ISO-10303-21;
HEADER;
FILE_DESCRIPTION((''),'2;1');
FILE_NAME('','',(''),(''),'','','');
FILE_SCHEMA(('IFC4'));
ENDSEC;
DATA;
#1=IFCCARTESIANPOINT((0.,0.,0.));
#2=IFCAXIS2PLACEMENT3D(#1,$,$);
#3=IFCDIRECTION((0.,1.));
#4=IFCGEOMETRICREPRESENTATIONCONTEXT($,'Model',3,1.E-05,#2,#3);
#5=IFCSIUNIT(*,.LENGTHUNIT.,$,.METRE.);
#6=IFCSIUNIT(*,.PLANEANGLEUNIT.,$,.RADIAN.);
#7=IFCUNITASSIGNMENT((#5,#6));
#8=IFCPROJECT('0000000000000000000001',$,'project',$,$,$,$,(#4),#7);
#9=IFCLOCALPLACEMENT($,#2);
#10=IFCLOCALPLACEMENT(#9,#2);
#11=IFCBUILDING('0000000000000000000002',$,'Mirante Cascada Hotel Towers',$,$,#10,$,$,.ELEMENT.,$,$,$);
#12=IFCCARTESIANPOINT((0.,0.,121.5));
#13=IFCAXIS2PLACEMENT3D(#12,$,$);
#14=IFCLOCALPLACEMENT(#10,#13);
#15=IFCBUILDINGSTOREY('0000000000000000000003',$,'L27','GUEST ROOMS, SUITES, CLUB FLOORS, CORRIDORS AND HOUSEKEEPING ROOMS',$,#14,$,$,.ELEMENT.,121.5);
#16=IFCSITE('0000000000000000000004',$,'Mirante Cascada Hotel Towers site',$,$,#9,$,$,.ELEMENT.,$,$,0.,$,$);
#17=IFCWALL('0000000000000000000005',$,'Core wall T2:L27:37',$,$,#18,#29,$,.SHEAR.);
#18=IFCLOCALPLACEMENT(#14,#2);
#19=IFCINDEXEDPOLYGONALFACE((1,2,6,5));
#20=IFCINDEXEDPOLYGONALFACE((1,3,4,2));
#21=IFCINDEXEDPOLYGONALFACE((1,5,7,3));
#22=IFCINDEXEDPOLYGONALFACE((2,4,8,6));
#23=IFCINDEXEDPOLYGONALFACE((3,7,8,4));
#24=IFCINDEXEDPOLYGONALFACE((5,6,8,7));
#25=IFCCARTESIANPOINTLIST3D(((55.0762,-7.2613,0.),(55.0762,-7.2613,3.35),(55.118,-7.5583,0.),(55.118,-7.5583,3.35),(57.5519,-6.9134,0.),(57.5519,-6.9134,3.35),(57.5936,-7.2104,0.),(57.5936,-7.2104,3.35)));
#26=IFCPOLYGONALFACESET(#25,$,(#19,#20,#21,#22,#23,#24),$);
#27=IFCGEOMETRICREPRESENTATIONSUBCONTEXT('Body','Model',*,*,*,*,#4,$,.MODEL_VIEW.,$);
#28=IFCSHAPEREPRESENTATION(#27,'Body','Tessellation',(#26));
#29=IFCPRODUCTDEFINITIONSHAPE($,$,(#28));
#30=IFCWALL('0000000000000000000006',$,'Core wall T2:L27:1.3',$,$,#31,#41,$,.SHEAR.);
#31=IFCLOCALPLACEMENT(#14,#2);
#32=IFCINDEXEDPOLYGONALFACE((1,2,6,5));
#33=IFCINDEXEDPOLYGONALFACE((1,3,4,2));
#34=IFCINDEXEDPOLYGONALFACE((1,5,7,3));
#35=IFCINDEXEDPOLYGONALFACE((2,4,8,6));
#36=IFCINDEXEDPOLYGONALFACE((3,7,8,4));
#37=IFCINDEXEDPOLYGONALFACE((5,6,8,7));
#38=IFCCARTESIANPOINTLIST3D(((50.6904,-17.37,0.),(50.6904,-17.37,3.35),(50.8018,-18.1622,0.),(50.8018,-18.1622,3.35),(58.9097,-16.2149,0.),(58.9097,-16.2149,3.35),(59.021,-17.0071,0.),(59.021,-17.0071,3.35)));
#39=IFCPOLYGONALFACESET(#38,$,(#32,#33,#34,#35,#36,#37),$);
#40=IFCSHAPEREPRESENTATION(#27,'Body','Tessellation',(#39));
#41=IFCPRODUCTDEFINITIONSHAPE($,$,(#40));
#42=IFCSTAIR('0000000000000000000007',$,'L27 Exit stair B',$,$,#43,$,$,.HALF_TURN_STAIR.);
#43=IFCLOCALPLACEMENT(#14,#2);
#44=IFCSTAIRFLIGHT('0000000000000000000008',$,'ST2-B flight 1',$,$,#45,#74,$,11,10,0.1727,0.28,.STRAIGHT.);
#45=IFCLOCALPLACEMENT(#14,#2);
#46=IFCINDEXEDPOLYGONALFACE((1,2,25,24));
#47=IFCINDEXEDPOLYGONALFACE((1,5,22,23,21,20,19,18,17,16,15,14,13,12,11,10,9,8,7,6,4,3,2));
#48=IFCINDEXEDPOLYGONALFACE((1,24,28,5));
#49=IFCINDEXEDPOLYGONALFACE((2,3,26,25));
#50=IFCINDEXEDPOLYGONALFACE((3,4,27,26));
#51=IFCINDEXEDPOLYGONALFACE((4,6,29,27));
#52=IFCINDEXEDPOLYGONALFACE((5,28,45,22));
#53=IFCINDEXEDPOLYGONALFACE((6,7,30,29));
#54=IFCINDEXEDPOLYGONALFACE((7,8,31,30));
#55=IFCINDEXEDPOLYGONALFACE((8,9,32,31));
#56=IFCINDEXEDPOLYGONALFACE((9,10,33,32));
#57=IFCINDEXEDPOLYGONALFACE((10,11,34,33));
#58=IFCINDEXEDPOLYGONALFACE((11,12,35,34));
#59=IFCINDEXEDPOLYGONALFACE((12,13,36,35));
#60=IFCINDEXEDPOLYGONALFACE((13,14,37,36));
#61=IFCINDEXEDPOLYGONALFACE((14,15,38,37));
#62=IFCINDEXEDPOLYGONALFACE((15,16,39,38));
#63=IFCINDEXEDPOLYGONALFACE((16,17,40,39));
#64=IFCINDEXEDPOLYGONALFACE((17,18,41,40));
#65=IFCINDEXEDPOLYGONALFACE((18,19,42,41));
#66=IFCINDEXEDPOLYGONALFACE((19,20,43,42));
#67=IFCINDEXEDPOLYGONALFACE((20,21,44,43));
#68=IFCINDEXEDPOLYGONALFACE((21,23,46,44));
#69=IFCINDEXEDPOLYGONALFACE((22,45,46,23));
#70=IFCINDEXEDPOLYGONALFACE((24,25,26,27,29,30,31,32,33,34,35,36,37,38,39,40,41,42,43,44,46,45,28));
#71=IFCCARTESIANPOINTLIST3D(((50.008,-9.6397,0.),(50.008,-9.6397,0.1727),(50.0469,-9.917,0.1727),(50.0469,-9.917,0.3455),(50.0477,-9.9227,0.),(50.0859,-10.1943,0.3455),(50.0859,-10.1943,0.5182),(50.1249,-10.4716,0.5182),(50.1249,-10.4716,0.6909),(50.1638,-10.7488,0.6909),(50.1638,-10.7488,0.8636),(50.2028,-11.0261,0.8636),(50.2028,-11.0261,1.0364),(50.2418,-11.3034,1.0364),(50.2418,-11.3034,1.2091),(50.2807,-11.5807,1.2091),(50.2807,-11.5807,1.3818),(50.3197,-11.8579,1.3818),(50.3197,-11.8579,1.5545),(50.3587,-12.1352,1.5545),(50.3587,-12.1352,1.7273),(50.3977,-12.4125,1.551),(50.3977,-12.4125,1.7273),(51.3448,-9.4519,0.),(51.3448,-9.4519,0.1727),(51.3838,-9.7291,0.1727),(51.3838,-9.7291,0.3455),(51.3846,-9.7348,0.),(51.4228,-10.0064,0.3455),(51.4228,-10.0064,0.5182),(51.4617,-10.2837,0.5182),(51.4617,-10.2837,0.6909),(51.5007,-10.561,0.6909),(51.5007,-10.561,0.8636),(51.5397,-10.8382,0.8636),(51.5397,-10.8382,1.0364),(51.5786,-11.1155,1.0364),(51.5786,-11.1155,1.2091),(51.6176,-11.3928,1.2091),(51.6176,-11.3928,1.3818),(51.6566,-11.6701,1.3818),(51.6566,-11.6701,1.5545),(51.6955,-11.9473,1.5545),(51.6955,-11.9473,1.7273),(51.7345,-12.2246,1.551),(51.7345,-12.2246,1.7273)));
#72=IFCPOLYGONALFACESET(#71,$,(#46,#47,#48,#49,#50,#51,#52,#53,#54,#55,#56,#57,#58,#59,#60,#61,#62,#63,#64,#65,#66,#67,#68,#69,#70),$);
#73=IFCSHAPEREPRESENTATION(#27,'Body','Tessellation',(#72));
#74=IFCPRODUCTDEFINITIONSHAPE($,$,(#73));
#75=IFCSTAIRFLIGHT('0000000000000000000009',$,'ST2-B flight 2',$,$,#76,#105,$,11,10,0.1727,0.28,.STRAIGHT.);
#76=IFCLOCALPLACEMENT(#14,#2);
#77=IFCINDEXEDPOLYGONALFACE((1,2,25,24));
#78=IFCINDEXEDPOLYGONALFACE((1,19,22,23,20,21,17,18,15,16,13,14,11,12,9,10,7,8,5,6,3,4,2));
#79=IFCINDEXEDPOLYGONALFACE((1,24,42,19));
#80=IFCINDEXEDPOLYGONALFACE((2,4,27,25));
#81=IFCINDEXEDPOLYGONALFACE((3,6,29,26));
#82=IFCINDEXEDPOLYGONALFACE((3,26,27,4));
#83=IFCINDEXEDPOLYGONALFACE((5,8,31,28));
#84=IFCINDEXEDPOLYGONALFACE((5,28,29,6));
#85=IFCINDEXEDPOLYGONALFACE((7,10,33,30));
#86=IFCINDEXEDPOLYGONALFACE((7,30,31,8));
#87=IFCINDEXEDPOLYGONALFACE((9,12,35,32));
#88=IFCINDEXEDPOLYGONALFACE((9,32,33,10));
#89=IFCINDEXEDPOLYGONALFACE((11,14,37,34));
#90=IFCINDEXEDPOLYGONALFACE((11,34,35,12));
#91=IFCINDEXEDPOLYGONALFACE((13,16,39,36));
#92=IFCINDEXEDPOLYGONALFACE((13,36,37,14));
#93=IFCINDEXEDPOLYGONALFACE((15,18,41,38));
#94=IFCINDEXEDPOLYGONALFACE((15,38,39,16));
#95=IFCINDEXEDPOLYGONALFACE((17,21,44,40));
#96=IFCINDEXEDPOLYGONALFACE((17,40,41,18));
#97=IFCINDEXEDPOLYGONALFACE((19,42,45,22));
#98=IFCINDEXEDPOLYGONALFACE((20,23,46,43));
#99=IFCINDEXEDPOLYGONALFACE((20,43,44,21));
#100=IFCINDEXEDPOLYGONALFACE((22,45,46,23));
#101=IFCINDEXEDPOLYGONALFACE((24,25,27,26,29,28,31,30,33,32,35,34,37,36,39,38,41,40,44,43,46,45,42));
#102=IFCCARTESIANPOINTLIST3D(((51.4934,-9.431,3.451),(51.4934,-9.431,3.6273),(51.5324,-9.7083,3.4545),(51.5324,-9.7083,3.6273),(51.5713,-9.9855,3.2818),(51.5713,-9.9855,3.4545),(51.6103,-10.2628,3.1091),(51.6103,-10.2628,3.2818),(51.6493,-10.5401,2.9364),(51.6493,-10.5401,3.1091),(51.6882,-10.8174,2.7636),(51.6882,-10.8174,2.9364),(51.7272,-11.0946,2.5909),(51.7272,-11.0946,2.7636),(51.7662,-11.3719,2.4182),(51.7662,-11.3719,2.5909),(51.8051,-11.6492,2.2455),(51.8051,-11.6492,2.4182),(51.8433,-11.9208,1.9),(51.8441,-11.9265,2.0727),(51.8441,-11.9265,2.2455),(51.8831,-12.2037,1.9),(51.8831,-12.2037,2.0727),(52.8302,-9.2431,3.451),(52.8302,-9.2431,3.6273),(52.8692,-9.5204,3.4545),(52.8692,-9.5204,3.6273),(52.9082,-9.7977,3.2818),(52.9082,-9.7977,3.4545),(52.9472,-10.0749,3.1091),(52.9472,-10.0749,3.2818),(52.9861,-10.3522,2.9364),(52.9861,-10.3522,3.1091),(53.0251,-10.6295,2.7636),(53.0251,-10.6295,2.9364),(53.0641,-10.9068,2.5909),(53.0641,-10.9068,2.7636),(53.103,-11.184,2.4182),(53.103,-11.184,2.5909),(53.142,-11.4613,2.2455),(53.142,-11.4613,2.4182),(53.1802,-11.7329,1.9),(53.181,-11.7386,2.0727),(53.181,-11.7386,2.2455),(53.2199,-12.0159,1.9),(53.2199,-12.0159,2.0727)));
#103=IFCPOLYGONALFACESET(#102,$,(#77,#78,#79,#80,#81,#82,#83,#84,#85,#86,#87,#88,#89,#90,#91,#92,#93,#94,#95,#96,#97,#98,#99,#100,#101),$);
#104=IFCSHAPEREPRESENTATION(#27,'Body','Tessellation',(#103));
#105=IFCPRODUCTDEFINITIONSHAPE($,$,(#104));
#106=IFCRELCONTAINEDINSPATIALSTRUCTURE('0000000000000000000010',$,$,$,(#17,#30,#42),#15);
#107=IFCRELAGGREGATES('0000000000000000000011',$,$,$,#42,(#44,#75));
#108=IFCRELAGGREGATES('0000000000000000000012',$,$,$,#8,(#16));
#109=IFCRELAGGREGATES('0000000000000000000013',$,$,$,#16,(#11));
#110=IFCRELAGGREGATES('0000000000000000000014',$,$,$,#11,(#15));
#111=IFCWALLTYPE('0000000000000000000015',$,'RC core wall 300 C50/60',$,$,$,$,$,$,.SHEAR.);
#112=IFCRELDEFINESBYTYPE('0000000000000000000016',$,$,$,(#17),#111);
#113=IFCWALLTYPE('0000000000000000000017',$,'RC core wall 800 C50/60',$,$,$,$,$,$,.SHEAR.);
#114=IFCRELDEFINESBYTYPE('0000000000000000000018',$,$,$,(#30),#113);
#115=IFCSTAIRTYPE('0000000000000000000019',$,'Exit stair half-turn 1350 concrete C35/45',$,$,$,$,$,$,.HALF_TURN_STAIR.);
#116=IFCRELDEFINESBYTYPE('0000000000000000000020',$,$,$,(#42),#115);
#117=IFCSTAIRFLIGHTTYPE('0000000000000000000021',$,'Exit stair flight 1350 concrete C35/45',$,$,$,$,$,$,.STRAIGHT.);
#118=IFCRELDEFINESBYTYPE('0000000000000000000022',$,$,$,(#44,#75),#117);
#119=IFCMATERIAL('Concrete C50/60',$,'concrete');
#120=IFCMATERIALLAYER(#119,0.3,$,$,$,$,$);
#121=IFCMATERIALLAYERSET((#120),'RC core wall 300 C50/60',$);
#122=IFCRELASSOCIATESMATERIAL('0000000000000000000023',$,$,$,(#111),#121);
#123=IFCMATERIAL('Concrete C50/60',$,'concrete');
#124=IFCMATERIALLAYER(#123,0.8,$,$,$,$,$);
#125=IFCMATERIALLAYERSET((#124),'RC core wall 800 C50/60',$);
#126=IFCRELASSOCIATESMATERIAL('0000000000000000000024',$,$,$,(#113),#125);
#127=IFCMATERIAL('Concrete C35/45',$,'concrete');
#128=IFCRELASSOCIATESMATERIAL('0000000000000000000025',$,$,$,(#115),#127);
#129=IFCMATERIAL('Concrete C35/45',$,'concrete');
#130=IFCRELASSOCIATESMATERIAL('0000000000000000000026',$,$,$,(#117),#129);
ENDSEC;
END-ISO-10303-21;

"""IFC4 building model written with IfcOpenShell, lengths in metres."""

from ifc_helpers import new_model, si_unit, direction, frame, frame_2d, origin, place, context, subcontext, project, spatial, polyline, rectangle, outline, extrude, material, layer, layer_set, type_object, element, aggregate, save


model = new_model("IFC4")

# Units and contexts
model_context = context("Model", 3, precision=1e-05, world=origin(), true_north=direction((0.0, 1.0)))
body_context = subcontext(model_context, "Body", "Model", "MODEL_VIEW")
ifc_project = project(units=[si_unit("LENGTHUNIT", "METRE"), si_unit("PLANEANGLEUNIT", "RADIAN")], contexts=[model_context])

# Site, building, storey
site_placement = place(None, origin())
site = spatial("IfcSite", under=ifc_project, at=site_placement, Name="Mirante Cascada Hotel Towers site", CompositionType="ELEMENT", RefElevation=0.0)
building_placement = place(site_placement, origin())
building = spatial("IfcBuilding", under=site, at=building_placement, Name="Mirante Cascada Hotel Towers", CompositionType="ELEMENT")
storey_placement = place(building_placement, frame((0.0, 0.0, 121.5)))
storey = spatial("IfcBuildingStorey", under=building, at=storey_placement, Name="L27", Description="GUEST ROOMS, SUITES, CLUB FLOORS, CORRIDORS AND HOUSEKEEPING ROOMS", CompositionType="ELEMENT", Elevation=121.5)

# Shared definitions
ifc_material_1 = material(Name="Concrete C50/60", Category="concrete")
ifc_layer_1 = layer(ifc_material_1, 0.3)
ifc_layer_set_1 = layer_set([ifc_layer_1], Name="RC core wall 300 C50/60")
wall_type_1 = type_object("IfcWallType", Name="RC core wall 300 C50/60", PredefinedType="SHEAR", material=ifc_layer_set_1)

# Walls
wall_1_placement = place(storey_placement, frame((55.0971, -7.4098, 0.0), z_axis=(0.0, 0.0, 1.0), x_axis=(0.99027, 0.139159, 0.0)))
element("IfcWall", 1, at=wall_1_placement, inside=storey, type_object=wall_type_1, Name="Core wall T2:L27:37", PredefinedType="SHEAR", context=body_context, shape_type="SweptSolid", body=[
    extrude(rectangle(XDim=2.5, YDim=0.3, at=frame_2d((1.25, 0.0))), origin(), (0.0, 0.0, 1.0), 3.35),
])
ifc_material_2 = material(Name="Concrete C50/60", Category="concrete")
ifc_layer_2 = layer(ifc_material_2, 0.8)
ifc_layer_set_2 = layer_set([ifc_layer_2], Name="RC core wall 800 C50/60")
wall_type_2 = type_object("IfcWallType", Name="RC core wall 800 C50/60", PredefinedType="SHEAR", material=ifc_layer_set_2)
wall_2_placement = place(storey_placement, frame((50.7461, -17.7661, 0.0), z_axis=(0.0, 0.0, 1.0), x_axis=(0.990269, 0.139169, 0.0)))
element("IfcWall", 2, at=wall_2_placement, inside=storey, type_object=wall_type_2, Name="Core wall T2:L27:1.3", PredefinedType="SHEAR", context=body_context, shape_type="SweptSolid", body=[
    extrude(rectangle(XDim=8.3, YDim=0.8, at=frame_2d((4.15, 0.0))), origin(), (0.0, 0.0, 1.0), 3.35),
])

# Stair, stair flights
ifc_material_3 = material(Name="Concrete C35/45", Category="concrete")
stair_type = type_object("IfcStairType", Name="Exit stair half-turn 1350 concrete C35/45", PredefinedType="HALF_TURN_STAIR", material=ifc_material_3)
stair_placement = place(storey_placement, origin())
stair = element("IfcStair", 3, at=stair_placement, inside=storey, type_object=stair_type, Name="L27 Exit stair B", PredefinedType="HALF_TURN_STAIR")
ifc_material_4 = material(Name="Concrete C35/45", Category="concrete")
stair_flight_type = type_object("IfcStairFlightType", Name="Exit stair flight 1350 concrete C35/45", PredefinedType="STRAIGHT", material=ifc_material_4)
stair_flight_1_placement = place(storey_placement, frame((50.6764, -9.5458, 0.0), z_axis=(0.0, 0.0, 1.0), x_axis=(0.139173, -0.990268, 0.0)))
stair_flight_1 = element("IfcStairFlight", 4, at=stair_flight_1_placement, type_object=stair_flight_type, Name="ST2-B flight 1", NumberOfRisers=11, NumberOfTreads=10, PredefinedType="STRAIGHT", RiserHeight=0.1727, TreadLength=0.28, context=body_context, shape_type="SweptSolid", body=[
    extrude(outline(polyline([(0.0, 0.0), (0.0, 0.1727), (0.28, 0.1727), (0.28, 0.3455), (0.56, 0.3455), (0.56, 0.5182), (0.84, 0.5182), (0.84, 0.6909), (1.12, 0.6909), (1.12, 0.8636), (1.4, 0.8636), (1.4, 1.0364), (1.68, 1.0364), (1.68, 1.2091), (1.96, 1.2091), (1.96, 1.3818), (2.24, 1.3818), (2.24, 1.5545), (2.52, 1.5545), (2.52, 1.7273), (2.8, 1.7273), (2.8, 1.9), (2.8, 1.551), (0.2857, 0.0), (0.0, 0.0)])), frame((0.0, 0.675, 0.0), z_axis=(0.0, -1.0, 0.0), x_axis=(1.0, 0.0, 0.0)), (0.0, 0.0, 1.0), 1.35),
])
stair_flight_2_placement = place(storey_placement, frame((52.5515, -12.1098, 1.9), z_axis=(0.0, 0.0, 1.0), x_axis=(-0.139173, 0.990268, 0.0)))
stair_flight_2 = element("IfcStairFlight", 5, at=stair_flight_2_placement, type_object=stair_flight_type, Name="ST2-B flight 2", NumberOfRisers=11, NumberOfTreads=10, PredefinedType="STRAIGHT", RiserHeight=0.1727, TreadLength=0.28, context=body_context, shape_type="SweptSolid", body=[
    extrude(outline(polyline([(0.0, 0.0), (0.0, 0.1727), (0.28, 0.1727), (0.28, 0.3455), (0.56, 0.3455), (0.56, 0.5182), (0.84, 0.5182), (0.84, 0.6909), (1.12, 0.6909), (1.12, 0.8636), (1.4, 0.8636), (1.4, 1.0364), (1.68, 1.0364), (1.68, 1.2091), (1.96, 1.2091), (1.96, 1.3818), (2.24, 1.3818), (2.24, 1.5545), (2.52, 1.5545), (2.52, 1.7273), (2.8, 1.7273), (2.8, 1.9), (2.8, 1.551), (0.2857, 0.0), (0.0, 0.0)])), frame((0.0, 0.675, 0.0), z_axis=(0.0, -1.0, 0.0), x_axis=(1.0, 0.0, 0.0)), (0.0, 0.0, 1.0), 1.35),
])
aggregate(stair, [stair_flight_1, stair_flight_2])

save(model, "model.ifc")
